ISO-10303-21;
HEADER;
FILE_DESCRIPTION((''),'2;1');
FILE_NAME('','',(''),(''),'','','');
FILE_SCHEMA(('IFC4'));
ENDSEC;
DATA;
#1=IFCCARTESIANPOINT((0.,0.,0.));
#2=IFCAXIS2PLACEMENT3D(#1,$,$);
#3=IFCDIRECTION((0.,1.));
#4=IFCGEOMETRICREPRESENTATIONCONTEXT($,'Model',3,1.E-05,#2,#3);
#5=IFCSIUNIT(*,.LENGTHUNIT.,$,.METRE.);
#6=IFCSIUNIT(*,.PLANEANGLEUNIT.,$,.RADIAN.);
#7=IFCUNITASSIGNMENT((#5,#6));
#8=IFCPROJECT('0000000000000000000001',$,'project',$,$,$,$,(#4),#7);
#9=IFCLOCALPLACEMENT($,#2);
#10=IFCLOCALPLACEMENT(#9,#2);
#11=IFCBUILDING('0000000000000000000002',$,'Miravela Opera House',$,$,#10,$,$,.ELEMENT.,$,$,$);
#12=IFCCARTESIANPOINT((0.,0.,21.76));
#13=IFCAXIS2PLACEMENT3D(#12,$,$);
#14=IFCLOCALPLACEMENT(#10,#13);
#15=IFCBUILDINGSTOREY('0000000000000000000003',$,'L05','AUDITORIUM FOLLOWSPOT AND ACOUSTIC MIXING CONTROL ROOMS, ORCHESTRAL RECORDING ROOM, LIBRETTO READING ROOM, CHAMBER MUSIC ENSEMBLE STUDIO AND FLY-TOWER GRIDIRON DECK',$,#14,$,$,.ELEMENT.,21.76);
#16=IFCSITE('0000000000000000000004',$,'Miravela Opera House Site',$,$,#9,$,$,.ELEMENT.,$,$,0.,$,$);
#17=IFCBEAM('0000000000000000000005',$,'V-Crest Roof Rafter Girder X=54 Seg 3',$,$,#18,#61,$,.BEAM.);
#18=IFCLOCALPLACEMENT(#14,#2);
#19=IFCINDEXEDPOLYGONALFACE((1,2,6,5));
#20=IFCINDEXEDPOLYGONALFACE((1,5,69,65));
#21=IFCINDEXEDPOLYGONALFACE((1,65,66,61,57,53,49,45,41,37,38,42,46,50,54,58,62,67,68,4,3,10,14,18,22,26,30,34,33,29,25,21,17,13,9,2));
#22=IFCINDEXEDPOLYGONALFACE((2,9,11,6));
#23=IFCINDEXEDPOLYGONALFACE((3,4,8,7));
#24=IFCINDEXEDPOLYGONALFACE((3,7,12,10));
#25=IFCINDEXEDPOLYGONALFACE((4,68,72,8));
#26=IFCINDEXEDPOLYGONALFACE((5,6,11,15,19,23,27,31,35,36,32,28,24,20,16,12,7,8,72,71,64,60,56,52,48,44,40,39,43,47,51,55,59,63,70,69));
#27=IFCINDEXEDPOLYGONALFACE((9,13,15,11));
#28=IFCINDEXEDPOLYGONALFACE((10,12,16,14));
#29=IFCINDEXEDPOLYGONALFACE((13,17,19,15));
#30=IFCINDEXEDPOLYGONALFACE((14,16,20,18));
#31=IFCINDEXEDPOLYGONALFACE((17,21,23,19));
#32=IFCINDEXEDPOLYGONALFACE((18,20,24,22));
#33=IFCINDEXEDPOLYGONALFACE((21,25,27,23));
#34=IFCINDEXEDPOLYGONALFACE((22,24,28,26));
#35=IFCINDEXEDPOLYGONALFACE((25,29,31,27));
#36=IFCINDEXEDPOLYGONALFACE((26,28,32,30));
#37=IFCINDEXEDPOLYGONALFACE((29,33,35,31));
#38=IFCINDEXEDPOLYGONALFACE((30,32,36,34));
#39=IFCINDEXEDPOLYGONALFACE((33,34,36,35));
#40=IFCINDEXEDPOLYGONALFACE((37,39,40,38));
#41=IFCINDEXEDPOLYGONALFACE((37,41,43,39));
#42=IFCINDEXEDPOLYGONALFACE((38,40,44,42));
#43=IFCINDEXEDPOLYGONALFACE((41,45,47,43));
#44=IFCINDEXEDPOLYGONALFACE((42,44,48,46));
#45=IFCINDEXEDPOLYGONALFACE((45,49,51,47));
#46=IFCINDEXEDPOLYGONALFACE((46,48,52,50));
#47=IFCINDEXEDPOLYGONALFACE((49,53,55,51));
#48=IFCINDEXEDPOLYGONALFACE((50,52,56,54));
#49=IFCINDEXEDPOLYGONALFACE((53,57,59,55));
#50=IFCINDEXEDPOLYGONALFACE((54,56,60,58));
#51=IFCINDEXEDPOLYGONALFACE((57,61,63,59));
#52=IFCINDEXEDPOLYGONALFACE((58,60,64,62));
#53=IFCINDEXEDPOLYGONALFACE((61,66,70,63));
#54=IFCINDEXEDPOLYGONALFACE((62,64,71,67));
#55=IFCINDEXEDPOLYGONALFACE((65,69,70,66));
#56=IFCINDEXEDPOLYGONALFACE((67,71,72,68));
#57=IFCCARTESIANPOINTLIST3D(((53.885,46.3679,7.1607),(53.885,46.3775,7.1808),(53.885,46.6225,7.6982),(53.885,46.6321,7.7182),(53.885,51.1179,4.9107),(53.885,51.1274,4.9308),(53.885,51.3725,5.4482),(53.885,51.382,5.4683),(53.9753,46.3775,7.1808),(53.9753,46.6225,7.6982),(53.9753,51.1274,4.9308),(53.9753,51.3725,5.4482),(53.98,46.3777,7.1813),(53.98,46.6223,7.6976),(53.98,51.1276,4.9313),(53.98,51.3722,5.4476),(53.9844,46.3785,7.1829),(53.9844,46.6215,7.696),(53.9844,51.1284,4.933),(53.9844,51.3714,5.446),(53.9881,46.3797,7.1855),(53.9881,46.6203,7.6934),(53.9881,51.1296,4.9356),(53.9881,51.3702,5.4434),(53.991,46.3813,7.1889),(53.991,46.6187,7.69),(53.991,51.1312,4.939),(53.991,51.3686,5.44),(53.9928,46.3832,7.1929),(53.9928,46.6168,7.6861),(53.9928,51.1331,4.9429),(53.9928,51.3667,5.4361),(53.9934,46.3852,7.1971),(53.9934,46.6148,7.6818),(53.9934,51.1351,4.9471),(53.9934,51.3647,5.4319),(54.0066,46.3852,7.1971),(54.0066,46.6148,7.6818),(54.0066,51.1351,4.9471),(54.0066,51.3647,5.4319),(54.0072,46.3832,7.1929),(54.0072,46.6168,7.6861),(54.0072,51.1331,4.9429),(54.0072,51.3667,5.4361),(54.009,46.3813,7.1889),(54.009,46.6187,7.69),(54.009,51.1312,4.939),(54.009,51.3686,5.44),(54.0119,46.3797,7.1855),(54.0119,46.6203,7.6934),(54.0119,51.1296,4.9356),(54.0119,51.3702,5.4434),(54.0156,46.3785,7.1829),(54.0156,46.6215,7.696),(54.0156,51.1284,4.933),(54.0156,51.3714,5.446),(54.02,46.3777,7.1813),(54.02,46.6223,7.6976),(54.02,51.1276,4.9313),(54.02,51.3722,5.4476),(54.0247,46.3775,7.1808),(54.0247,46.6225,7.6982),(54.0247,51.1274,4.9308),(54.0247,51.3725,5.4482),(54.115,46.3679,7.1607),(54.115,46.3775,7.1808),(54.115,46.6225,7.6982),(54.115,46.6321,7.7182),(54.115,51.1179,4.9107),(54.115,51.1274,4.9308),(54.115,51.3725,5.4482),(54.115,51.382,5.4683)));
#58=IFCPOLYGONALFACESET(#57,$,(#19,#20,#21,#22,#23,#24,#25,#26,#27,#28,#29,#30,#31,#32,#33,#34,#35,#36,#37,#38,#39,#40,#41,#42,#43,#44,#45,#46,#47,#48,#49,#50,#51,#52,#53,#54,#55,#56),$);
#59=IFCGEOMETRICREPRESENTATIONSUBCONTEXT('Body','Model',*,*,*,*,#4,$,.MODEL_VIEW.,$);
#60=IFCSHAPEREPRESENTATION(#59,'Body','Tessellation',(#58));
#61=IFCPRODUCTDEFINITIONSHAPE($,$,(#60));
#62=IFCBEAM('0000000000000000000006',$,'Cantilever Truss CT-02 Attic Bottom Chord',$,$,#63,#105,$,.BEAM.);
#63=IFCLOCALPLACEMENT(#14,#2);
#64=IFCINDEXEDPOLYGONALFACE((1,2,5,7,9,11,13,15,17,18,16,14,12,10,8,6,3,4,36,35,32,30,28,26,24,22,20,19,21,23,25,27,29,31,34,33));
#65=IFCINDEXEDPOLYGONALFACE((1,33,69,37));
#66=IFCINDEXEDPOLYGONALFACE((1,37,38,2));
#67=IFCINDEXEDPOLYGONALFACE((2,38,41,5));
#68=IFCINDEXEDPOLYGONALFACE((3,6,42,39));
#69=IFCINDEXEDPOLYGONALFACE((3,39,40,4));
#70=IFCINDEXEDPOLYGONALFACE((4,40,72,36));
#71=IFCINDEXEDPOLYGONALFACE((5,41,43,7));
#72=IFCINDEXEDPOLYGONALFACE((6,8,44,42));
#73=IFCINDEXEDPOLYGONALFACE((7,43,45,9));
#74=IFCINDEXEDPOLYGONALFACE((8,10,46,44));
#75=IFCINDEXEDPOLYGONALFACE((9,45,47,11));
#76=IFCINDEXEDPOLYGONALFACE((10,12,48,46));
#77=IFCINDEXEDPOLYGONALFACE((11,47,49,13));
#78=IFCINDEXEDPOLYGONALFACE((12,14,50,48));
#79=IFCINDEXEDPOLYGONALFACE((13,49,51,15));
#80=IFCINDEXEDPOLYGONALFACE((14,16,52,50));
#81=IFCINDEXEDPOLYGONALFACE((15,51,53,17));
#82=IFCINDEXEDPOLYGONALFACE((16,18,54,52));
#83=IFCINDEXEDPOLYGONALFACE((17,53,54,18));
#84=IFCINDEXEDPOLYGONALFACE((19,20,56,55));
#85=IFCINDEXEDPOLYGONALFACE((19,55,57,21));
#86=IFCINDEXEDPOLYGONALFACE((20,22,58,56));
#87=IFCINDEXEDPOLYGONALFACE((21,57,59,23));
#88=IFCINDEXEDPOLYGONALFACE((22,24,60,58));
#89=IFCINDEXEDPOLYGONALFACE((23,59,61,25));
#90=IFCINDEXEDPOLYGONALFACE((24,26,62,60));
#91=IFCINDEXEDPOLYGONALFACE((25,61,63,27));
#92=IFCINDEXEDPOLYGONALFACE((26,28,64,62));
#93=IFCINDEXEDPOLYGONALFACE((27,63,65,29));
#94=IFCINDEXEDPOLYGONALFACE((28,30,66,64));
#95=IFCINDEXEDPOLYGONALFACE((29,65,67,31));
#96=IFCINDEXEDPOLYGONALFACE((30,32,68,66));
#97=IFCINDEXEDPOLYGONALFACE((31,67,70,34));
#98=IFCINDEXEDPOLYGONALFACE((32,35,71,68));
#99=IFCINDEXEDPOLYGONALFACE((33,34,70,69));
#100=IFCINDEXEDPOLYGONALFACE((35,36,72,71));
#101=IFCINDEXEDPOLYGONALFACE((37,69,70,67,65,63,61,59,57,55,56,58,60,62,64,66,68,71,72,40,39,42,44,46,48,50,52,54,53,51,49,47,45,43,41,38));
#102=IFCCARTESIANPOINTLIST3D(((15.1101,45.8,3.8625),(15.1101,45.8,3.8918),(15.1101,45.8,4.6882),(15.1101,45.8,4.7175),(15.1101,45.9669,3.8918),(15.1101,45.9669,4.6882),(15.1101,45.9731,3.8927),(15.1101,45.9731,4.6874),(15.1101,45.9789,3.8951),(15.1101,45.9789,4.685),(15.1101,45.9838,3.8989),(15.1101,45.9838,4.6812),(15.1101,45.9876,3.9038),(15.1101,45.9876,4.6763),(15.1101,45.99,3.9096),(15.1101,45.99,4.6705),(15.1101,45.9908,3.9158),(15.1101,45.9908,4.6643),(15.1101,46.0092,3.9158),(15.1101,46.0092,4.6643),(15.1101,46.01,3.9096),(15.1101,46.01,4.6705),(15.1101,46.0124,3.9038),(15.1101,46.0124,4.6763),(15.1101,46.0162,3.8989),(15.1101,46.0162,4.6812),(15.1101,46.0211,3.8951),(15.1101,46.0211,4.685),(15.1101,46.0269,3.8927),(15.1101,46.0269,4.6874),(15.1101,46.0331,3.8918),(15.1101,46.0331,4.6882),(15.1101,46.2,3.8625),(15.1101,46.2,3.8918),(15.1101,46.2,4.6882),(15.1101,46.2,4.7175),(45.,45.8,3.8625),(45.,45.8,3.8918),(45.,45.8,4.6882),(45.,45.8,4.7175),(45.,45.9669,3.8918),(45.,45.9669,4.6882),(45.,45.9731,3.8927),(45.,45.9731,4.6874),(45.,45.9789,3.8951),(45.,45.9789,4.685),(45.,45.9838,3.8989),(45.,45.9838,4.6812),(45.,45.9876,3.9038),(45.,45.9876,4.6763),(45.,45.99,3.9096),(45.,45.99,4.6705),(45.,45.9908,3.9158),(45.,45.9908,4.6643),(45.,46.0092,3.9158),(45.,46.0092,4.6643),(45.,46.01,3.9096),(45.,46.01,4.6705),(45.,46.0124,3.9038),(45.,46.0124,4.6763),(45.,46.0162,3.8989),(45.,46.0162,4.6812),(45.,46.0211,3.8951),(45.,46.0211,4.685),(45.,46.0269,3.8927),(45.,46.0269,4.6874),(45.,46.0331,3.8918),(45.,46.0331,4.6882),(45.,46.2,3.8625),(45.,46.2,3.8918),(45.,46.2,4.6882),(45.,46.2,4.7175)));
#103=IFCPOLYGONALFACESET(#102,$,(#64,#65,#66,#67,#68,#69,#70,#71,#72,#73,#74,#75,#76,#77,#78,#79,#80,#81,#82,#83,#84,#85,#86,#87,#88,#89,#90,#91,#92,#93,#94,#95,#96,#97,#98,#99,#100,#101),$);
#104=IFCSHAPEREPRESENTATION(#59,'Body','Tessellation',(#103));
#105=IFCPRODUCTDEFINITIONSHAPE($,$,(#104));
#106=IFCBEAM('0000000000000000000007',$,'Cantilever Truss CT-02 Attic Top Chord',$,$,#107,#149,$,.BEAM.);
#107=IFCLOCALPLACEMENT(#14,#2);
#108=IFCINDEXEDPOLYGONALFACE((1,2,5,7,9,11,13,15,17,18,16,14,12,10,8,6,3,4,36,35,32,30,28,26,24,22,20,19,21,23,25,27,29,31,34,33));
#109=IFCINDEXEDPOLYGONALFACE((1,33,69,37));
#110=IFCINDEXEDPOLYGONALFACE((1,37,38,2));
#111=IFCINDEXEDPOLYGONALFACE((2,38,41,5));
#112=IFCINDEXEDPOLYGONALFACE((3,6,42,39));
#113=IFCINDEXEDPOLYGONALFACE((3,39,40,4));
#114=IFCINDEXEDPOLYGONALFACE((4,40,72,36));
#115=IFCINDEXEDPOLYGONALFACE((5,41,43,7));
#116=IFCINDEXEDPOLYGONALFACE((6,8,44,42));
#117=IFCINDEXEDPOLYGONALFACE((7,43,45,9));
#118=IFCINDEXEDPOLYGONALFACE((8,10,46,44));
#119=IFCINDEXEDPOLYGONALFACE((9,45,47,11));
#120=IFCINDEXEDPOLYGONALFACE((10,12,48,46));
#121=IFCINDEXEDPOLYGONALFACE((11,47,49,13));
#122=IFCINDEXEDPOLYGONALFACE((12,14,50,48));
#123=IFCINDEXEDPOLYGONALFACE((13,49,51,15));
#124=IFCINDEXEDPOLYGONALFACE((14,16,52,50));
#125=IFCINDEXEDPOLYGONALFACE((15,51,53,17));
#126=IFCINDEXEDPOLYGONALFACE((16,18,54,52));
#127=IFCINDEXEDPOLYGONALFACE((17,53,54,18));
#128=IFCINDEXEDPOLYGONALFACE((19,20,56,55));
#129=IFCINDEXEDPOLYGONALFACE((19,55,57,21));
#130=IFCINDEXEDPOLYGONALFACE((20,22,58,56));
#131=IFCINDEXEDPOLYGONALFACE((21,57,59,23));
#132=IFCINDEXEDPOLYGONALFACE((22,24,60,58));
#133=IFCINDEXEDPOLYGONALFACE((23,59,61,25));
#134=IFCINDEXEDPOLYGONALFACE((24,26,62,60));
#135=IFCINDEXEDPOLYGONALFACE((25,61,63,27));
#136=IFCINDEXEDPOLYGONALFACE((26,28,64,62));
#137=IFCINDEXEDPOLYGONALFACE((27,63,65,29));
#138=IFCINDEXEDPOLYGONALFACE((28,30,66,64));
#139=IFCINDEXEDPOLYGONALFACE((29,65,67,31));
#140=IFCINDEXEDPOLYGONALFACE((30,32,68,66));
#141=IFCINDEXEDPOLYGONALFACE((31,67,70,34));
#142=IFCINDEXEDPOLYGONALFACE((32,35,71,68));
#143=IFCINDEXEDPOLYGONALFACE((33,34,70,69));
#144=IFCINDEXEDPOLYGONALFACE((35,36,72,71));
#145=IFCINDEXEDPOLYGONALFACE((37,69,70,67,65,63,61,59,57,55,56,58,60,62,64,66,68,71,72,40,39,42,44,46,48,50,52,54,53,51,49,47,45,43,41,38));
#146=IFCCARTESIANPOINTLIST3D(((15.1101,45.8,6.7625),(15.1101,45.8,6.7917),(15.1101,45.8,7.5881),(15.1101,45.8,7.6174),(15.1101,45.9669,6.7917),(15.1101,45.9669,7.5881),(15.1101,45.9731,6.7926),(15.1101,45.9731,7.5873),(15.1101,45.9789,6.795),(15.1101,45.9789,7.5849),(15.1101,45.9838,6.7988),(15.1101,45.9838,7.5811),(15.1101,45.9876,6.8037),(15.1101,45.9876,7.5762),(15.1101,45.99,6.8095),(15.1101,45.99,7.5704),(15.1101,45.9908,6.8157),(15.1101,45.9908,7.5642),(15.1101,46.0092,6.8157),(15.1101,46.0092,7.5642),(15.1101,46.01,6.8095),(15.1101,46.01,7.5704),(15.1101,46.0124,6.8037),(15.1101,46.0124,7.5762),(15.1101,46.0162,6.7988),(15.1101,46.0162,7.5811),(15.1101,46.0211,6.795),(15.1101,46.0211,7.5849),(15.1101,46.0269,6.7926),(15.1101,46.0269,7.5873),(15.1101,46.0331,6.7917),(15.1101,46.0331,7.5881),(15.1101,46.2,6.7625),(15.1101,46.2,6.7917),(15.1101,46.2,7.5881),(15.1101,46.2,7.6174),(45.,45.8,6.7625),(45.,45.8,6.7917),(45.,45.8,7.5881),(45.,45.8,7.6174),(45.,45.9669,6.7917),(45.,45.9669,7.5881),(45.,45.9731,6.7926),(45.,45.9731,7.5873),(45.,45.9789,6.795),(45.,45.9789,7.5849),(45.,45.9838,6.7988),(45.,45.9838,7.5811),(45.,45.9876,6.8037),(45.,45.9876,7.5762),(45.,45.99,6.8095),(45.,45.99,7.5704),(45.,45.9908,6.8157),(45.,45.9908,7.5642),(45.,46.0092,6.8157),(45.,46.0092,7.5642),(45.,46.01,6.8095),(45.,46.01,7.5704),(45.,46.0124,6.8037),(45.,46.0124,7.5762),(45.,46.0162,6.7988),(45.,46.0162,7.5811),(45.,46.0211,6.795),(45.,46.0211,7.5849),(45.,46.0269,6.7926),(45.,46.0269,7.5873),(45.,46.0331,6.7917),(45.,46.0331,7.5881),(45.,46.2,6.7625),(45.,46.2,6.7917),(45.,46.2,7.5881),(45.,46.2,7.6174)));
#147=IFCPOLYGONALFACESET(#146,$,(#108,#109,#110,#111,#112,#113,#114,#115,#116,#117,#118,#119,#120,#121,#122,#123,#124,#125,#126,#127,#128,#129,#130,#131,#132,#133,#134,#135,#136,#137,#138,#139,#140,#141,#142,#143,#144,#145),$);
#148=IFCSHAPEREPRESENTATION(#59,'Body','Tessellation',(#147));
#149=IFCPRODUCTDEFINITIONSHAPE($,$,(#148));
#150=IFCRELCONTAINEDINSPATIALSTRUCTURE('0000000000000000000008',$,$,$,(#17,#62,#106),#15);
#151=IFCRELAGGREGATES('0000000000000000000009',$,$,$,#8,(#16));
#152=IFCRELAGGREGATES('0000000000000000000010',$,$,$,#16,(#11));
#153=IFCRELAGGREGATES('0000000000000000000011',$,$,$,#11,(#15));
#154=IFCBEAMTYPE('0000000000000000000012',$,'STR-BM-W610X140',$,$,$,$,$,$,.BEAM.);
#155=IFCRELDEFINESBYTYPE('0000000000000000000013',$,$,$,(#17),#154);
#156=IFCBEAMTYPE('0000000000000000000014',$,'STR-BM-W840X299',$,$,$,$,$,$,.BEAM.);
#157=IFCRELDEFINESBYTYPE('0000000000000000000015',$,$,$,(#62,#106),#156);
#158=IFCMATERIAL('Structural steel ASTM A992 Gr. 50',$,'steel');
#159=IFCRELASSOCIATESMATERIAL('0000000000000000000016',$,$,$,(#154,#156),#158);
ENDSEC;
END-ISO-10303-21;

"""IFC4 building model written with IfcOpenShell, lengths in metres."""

from ifc_helpers import new_model, si_unit, direction, frame, origin, origin_2d, place, context, subcontext, project, spatial, i_section, extrude, material, material_profile, profile_set, type_object, element, save


model = new_model("IFC4")

# Units and contexts
model_context = context("Model", 3, precision=1e-05, world=origin(), true_north=direction((0.0, 1.0)))
body_context = subcontext(model_context, "Body", "Model", "MODEL_VIEW")
ifc_project = project(units=[si_unit("LENGTHUNIT", "METRE"), si_unit("PLANEANGLEUNIT", "RADIAN")], contexts=[model_context])

# Site, building, storey
site_placement = place(None, origin())
site = spatial("IfcSite", under=ifc_project, at=site_placement, Name="Miravela Opera House Site", CompositionType="ELEMENT", RefElevation=0.0)
building_placement = place(site_placement, origin())
building = spatial("IfcBuilding", under=site, at=building_placement, Name="Miravela Opera House", CompositionType="ELEMENT")
storey_placement = place(building_placement, frame((0.0, 0.0, 21.76)))
storey = spatial("IfcBuildingStorey", under=building, at=storey_placement, Name="L05", Description="AUDITORIUM FOLLOWSPOT AND ACOUSTIC MIXING CONTROL ROOMS, ORCHESTRAL RECORDING ROOM, LIBRETTO READING ROOM, CHAMBER MUSIC ENSEMBLE STUDIO AND FLY-TOWER GRIDIRON DECK", CompositionType="ELEMENT", Elevation=21.76)

# Beams
ifc_material_1 = material(Name="Structural steel ASTM A992 Gr. 50", Category="steel")
ifc_material_profile_1 = material_profile(ifc_material_1, i_section(OverallWidth=0.23, OverallDepth=0.6169, WebThickness=0.0132, FlangeThickness=0.0222, FilletRadius=0.0181, at=origin_2d()), Name="W610X140")
ifc_profile_set_1 = profile_set([ifc_material_profile_1])
beam_type_1 = type_object("IfcBeamType", Name="STR-BM-W610X140", PredefinedType="BEAM", material=ifc_profile_set_1)
for number, where, z_axis, x_axis, name in (
    (1, (54.0, 46.5, 7.4395), (0.0, 0.903738, -0.428086), (-1.0, 0.0, 0.0), "V-Crest Roof Rafter Girder X=54 Seg 3"),
):
    element("IfcBeam", number, at=place(storey_placement, frame(where, z_axis=z_axis, x_axis=x_axis)), inside=storey, type_object=beam_type_1, Name=name, PredefinedType="BEAM", context=body_context, shape_type="SweptSolid", body=[
        extrude(i_section(OverallWidth=0.23, OverallDepth=0.6169, WebThickness=0.0132, FlangeThickness=0.0222, FilletRadius=0.0181, at=origin_2d()), origin(), (0.0, 0.0, 1.0), 5.2559),
    ])
ifc_material_profile_2 = material_profile(ifc_material_1, i_section(OverallWidth=0.3999, OverallDepth=0.855, WebThickness=0.0183, FlangeThickness=0.0293, FilletRadius=0.0239, at=origin_2d()), Name="W840X299")
ifc_profile_set_2 = profile_set([ifc_material_profile_2])
beam_type_2 = type_object("IfcBeamType", Name="STR-BM-W840X299", PredefinedType="BEAM", material=ifc_profile_set_2)
for number, where, z_axis, x_axis, name in (
    (2, (45.0, 46.0, 4.29), (-1.0, 0.0, 0.0), (0.0, -1.0, 0.0), "Cantilever Truss CT-02 Attic Bottom Chord"),
    (3, (45.0, 46.0, 7.1899), (-1.0, 0.0, 0.0), (0.0, -1.0, 0.0), "Cantilever Truss CT-02 Attic Top Chord"),
):
    element("IfcBeam", number, at=place(storey_placement, frame(where, z_axis=z_axis, x_axis=x_axis)), inside=storey, type_object=beam_type_2, Name=name, PredefinedType="BEAM", context=body_context, shape_type="SweptSolid", body=[
        extrude(i_section(OverallWidth=0.3999, OverallDepth=0.855, WebThickness=0.0183, FlangeThickness=0.0293, FilletRadius=0.0239, at=origin_2d()), origin(), (0.0, 0.0, 1.0), 29.8899),
    ])

save(model, "model.ifc")
